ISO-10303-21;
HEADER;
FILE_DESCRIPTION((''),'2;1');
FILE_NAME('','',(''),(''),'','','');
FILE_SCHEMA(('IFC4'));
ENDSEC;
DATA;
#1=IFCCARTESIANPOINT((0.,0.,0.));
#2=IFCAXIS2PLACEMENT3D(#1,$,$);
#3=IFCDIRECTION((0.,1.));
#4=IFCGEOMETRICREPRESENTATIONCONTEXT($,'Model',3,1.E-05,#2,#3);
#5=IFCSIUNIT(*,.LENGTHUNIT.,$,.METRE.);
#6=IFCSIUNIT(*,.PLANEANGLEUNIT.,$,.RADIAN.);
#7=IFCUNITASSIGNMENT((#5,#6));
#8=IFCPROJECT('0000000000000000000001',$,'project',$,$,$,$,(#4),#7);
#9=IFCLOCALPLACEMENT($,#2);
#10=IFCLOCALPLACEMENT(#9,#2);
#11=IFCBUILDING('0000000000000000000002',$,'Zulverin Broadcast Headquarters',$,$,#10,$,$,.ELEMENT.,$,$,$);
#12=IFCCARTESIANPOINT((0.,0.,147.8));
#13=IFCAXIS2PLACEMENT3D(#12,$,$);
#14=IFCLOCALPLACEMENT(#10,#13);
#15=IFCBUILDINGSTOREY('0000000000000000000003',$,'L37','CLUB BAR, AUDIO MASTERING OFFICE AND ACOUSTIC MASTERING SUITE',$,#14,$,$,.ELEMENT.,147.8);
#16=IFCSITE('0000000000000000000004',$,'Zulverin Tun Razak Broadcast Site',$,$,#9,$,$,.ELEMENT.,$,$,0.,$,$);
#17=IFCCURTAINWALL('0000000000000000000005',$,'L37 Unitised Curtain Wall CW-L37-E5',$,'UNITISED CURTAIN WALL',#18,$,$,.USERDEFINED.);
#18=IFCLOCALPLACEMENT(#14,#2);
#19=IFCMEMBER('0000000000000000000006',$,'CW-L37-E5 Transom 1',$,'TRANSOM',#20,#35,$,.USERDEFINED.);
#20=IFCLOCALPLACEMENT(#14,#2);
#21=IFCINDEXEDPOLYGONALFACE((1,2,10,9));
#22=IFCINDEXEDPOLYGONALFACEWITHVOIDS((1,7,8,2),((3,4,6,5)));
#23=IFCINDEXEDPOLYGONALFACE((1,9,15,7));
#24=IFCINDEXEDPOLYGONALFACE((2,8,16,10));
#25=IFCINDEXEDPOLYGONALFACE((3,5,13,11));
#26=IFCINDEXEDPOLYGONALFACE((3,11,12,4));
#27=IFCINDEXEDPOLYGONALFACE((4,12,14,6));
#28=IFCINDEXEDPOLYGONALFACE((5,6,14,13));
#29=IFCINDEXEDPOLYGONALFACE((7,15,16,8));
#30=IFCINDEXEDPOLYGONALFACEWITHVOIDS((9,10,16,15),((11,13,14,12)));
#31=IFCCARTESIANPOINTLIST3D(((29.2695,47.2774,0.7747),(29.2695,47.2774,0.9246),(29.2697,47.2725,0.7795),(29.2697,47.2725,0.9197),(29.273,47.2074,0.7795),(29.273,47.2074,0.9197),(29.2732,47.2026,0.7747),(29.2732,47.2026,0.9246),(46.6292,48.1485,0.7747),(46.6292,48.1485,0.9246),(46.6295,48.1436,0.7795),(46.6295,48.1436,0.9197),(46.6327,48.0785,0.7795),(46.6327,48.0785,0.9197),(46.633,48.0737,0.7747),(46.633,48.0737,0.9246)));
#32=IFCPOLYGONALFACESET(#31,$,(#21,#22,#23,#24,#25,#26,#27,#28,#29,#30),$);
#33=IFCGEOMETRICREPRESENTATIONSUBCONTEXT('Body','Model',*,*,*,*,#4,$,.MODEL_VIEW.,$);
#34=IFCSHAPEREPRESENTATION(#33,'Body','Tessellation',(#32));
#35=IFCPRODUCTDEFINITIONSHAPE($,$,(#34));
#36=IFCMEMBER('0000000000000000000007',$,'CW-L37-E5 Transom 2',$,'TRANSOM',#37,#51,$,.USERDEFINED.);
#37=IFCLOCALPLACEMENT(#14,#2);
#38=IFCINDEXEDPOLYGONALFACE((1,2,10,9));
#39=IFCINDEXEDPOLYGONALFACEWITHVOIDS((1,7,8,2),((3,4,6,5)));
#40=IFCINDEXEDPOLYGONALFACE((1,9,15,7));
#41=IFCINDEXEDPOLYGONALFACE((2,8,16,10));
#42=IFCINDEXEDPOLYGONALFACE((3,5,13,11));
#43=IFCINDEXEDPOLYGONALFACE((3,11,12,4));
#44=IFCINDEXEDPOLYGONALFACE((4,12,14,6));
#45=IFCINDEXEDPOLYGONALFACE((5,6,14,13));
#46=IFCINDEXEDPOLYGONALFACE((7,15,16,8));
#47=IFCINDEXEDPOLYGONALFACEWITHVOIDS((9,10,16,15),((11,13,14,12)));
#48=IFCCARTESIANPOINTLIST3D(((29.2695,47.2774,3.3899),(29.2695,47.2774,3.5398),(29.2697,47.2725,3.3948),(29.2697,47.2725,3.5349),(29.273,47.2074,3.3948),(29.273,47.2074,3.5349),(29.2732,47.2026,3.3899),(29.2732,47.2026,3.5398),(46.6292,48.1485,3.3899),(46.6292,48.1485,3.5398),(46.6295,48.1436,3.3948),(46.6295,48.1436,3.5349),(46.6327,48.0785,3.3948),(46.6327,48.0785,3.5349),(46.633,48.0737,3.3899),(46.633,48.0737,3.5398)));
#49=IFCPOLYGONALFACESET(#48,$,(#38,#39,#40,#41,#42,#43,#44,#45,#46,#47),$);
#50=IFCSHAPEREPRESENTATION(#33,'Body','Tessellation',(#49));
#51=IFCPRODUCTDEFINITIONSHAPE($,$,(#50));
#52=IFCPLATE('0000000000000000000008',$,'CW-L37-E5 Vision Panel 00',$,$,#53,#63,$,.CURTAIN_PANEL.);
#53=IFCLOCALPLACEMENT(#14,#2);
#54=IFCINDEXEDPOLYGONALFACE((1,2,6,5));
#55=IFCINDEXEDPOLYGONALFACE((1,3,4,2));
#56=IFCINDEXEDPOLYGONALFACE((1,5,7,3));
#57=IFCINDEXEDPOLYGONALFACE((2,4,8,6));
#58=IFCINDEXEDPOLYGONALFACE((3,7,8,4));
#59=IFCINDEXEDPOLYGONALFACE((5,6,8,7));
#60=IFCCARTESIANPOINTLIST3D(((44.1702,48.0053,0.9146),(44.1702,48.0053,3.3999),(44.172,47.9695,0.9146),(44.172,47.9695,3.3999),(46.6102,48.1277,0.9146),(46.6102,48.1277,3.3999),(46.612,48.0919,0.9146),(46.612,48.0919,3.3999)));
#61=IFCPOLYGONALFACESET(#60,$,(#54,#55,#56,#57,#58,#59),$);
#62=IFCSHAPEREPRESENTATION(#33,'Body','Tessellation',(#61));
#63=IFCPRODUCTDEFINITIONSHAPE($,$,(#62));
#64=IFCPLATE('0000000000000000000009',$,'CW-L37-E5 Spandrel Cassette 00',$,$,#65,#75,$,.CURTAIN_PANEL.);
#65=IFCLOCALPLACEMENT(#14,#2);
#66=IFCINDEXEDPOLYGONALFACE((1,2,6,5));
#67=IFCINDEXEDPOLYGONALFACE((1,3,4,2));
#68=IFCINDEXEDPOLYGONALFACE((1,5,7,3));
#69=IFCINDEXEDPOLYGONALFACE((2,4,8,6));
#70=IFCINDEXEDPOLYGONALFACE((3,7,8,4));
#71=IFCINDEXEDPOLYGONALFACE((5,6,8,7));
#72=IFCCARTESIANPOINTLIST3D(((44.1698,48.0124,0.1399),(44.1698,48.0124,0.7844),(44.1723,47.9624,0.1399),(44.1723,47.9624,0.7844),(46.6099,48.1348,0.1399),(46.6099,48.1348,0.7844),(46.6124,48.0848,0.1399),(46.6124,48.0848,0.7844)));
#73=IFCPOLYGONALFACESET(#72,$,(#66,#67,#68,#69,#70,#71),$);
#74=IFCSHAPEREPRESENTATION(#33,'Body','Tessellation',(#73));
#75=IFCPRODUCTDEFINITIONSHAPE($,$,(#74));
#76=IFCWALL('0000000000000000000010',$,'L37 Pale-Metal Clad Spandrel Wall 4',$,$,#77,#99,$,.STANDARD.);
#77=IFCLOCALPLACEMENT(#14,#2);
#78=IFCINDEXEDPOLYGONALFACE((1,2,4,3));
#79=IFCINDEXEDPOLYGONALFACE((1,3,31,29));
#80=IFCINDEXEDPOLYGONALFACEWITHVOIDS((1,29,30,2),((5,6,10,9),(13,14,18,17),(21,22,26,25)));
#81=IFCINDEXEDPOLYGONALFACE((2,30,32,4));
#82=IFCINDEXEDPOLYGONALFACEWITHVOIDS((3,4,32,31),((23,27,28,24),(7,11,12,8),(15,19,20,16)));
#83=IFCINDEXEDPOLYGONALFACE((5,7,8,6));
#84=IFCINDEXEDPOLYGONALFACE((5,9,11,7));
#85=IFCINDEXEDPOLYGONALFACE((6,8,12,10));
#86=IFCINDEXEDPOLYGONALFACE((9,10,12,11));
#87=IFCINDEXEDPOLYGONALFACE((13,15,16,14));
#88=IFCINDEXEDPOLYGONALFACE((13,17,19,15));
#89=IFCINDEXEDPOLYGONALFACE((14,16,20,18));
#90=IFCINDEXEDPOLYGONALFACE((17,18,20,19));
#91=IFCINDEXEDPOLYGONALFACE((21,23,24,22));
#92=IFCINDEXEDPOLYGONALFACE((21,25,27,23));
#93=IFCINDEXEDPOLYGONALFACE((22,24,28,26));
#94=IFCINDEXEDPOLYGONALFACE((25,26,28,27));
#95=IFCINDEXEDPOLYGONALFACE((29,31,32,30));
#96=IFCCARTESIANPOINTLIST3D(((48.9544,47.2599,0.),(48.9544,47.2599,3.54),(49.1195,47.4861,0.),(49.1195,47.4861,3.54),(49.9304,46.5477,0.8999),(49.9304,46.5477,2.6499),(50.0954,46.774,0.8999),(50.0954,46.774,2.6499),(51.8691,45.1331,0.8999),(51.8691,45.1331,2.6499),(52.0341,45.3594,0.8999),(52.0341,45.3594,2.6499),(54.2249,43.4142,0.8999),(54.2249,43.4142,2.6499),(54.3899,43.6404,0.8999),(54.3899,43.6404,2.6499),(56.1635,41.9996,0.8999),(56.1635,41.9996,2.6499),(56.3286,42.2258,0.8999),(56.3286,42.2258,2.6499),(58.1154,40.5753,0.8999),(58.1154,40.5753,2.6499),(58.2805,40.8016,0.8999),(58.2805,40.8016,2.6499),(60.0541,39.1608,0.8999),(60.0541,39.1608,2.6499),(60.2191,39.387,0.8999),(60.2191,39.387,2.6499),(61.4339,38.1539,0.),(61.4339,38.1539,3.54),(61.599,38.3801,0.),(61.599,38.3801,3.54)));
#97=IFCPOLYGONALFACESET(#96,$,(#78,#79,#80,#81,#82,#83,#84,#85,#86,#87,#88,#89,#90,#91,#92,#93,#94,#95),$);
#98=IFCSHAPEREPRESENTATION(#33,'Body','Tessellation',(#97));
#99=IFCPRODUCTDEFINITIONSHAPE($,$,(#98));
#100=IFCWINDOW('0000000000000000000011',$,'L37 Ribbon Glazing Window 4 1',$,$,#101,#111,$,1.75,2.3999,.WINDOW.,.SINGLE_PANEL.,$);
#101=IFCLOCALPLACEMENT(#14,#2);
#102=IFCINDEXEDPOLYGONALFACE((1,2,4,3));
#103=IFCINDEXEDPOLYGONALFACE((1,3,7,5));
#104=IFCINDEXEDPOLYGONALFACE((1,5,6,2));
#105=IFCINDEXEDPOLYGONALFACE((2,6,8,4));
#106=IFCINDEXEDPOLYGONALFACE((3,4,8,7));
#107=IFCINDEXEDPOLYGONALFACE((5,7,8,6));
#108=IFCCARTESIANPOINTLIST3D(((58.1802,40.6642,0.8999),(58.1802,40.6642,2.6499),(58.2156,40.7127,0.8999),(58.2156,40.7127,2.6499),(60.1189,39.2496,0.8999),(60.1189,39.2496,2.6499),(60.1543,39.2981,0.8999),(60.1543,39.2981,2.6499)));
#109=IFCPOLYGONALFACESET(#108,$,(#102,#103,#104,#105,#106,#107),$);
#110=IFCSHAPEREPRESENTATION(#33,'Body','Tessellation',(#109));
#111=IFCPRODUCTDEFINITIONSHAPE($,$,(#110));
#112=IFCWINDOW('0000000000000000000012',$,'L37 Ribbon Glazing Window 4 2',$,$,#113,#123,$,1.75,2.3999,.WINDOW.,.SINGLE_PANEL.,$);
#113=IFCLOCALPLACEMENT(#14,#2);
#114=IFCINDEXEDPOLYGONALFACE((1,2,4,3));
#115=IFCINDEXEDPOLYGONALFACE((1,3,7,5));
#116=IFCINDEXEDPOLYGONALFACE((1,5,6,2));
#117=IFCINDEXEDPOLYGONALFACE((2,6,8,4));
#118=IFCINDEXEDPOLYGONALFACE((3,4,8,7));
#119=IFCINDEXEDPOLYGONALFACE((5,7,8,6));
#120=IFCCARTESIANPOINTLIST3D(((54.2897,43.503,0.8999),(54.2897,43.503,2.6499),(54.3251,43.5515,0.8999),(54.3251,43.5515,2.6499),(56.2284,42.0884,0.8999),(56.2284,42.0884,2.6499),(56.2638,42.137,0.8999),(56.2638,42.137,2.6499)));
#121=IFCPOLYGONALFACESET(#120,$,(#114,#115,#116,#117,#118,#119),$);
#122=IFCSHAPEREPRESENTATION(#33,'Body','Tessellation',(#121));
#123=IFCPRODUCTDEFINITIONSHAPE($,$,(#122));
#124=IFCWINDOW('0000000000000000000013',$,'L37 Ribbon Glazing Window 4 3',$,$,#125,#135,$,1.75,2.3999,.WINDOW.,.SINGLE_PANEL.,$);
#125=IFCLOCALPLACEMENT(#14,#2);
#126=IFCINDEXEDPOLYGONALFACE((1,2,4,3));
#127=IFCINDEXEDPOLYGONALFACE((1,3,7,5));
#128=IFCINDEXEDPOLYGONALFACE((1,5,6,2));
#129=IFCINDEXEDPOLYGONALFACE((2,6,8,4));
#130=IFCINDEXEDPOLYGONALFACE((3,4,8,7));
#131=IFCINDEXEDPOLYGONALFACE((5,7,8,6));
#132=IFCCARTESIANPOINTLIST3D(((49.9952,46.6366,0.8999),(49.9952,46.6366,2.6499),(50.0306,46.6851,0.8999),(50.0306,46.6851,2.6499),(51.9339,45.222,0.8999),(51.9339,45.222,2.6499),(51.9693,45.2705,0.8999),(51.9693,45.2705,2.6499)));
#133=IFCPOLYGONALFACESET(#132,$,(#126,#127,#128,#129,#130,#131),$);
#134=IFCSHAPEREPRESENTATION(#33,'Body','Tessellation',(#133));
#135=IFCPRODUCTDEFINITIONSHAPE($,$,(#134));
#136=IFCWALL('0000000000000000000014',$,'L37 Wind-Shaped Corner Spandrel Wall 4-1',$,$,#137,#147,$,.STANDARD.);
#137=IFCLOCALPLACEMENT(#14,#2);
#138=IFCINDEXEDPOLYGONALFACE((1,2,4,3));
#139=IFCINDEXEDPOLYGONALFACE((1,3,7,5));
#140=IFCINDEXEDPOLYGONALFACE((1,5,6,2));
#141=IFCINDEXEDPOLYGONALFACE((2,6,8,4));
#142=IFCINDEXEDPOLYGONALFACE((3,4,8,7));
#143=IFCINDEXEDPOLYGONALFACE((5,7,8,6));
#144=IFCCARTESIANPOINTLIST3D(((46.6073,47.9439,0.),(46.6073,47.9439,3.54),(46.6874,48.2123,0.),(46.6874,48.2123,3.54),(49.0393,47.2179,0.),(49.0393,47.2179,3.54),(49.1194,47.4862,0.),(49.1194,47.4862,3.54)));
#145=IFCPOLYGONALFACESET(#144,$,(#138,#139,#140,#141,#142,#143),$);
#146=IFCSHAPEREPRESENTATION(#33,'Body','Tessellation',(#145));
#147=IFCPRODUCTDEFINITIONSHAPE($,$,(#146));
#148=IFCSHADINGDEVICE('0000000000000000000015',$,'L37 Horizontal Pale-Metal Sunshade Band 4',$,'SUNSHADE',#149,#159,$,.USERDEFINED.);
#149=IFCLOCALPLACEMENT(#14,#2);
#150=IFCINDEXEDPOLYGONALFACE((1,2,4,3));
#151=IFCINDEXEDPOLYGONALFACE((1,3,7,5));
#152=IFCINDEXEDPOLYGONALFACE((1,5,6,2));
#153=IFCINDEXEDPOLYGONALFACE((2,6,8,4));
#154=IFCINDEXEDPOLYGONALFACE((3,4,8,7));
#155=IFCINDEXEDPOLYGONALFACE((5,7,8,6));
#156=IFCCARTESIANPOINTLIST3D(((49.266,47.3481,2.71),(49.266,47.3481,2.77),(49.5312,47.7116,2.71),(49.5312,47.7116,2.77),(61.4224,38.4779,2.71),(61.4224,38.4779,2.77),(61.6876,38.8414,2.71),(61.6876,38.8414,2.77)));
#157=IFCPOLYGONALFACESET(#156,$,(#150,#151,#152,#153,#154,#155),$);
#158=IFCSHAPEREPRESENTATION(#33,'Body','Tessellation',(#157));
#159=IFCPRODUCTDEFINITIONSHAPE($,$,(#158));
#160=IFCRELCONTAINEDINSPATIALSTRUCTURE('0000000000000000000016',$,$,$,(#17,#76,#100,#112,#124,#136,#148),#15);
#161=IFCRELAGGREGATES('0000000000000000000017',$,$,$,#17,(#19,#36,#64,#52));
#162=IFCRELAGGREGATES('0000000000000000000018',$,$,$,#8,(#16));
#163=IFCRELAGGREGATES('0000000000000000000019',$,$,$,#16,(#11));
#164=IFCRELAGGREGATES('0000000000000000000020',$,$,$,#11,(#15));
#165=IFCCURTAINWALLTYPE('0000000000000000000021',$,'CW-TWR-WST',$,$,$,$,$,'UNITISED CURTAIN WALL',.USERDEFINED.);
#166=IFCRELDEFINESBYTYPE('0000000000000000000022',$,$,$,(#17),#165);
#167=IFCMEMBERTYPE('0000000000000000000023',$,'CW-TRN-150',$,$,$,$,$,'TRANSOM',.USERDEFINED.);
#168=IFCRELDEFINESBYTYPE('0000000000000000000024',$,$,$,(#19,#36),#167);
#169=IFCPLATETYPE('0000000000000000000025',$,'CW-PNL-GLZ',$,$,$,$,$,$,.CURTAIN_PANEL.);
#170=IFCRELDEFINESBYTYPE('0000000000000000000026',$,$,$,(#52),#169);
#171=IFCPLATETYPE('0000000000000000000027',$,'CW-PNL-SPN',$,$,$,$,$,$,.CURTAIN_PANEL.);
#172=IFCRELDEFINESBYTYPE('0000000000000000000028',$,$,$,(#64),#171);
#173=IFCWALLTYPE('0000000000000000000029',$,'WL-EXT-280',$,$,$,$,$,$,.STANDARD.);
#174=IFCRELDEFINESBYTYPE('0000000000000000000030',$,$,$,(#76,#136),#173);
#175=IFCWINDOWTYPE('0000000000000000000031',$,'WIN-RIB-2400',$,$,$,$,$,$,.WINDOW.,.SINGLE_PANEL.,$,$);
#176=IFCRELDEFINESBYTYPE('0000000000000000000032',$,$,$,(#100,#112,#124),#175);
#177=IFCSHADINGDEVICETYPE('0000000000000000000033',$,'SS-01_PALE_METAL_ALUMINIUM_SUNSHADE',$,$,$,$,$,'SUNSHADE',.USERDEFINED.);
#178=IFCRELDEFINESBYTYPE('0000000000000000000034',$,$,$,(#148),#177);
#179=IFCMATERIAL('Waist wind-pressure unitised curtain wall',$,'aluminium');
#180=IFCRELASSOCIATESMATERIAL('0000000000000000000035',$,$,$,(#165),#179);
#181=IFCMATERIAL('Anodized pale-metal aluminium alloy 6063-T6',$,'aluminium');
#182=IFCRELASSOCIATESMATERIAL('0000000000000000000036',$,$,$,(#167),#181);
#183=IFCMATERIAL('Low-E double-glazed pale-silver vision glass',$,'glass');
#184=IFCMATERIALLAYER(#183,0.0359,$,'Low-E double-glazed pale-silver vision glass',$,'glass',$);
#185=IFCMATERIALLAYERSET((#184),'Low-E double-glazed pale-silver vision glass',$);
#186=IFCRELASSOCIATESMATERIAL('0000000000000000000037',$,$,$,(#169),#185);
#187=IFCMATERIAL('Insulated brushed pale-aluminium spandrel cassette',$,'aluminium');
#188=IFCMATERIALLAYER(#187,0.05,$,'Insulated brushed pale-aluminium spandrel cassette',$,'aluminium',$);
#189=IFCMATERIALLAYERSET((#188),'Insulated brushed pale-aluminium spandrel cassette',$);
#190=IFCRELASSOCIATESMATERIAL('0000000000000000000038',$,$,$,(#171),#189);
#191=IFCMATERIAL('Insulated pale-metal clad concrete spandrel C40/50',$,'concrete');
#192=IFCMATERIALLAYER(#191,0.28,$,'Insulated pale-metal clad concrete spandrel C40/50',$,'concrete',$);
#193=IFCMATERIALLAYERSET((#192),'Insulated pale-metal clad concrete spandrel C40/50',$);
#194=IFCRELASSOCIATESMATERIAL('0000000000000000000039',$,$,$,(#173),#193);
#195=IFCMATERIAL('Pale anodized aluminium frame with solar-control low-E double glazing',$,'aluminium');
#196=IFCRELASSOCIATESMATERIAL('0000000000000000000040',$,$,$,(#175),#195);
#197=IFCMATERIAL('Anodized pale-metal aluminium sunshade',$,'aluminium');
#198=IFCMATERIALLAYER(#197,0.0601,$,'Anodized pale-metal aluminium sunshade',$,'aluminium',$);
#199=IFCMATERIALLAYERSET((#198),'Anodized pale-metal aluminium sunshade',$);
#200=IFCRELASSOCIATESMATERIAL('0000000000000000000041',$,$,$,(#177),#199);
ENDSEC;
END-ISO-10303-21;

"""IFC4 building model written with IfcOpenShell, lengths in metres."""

from ifc_helpers import new_model, si_unit, direction, frame, frame_2d, origin, origin_2d, place, context, subcontext, project, spatial, rectangle, hollow_rectangle, extrude, material, layer, layer_set, material_profile, profile_set, type_object, element, fill, aggregate, save


model = new_model("IFC4")

# Units and contexts
model_context = context("Model", 3, precision=1e-05, world=origin(), true_north=direction((0.0, 1.0)))
body_context = subcontext(model_context, "Body", "Model", "MODEL_VIEW")
ifc_project = project(units=[si_unit("LENGTHUNIT", "METRE"), si_unit("PLANEANGLEUNIT", "RADIAN")], contexts=[model_context])

# Site, building, storey
site_placement = place(None, origin())
site = spatial("IfcSite", under=ifc_project, at=site_placement, Name="Zulverin Tun Razak Broadcast Site", CompositionType="ELEMENT", RefElevation=0.0)
building_placement = place(site_placement, origin())
building = spatial("IfcBuilding", under=site, at=building_placement, Name="Zulverin Broadcast Headquarters", CompositionType="ELEMENT")
storey_placement = place(building_placement, frame((0.0, 0.0, 147.8)))
storey = spatial("IfcBuildingStorey", under=building, at=storey_placement, Name="L37", Description="CLUB BAR, AUDIO MASTERING OFFICE AND ACOUSTIC MASTERING SUITE", CompositionType="ELEMENT", Elevation=147.8)

# Curtain wall, members, plates
ifc_material_1 = material(Name="Waist wind-pressure unitised curtain wall", Category="aluminium")
curtain_wall_type = type_object("IfcCurtainWallType", Name="CW-TWR-WST", ElementType="UNITISED CURTAIN WALL", PredefinedType="USERDEFINED", material=ifc_material_1)
curtain_wall_placement = place(storey_placement, origin())
curtain_wall = element("IfcCurtainWall", 1, at=curtain_wall_placement, inside=storey, type_object=curtain_wall_type, Name="L37 Unitised Curtain Wall CW-L37-E5", ObjectType="UNITISED CURTAIN WALL", PredefinedType="USERDEFINED")
ifc_material_2 = material(Name="Anodized pale-metal aluminium alloy 6063-T6", Category="aluminium")
ifc_material_profile_1 = material_profile(ifc_material_2, hollow_rectangle(XDim=0.075, YDim=0.1499, WallThickness=0.0049, at=origin_2d()), Name="Anodized pale-metal aluminium alloy 6063-T6", Category="aluminium")
ifc_profile_set_1 = profile_set([ifc_material_profile_1], Name="Anodized pale-metal aluminium alloy 6063-T6")
member_type_1 = type_object("IfcMemberType", Name="CW-TRN-150", ElementType="TRANSOM", PredefinedType="USERDEFINED", material=ifc_profile_set_1)
member_1_placement = place(storey_placement, frame((46.6311, 48.1111, 0.8496), z_axis=(-0.998743, -0.050116, 0.0), x_axis=(0.050116, -0.998743, 0.0)))
member_1 = element("IfcMember", 2, at=member_1_placement, type_object=member_type_1, Name="CW-L37-E5 Transom 1", ObjectType="TRANSOM", PredefinedType="USERDEFINED", context=body_context, shape_type="SweptSolid", body=[
    extrude(hollow_rectangle(XDim=0.075, YDim=0.1499, WallThickness=0.0049, at=origin_2d()), origin(), (0.0, 0.0, 1.0), 17.3816),
])
member_2_placement = place(storey_placement, frame((46.6311, 48.1111, 3.4648), z_axis=(-0.998743, -0.050116, 0.0), x_axis=(0.050116, -0.998743, 0.0)))
member_2 = element("IfcMember", 3, at=member_2_placement, type_object=member_type_1, Name="CW-L37-E5 Transom 2", ObjectType="TRANSOM", PredefinedType="USERDEFINED", context=body_context, shape_type="SweptSolid", body=[
    extrude(hollow_rectangle(XDim=0.075, YDim=0.1499, WallThickness=0.0049, at=origin_2d()), origin(), (0.0, 0.0, 1.0), 17.3816),
])
ifc_material_3 = material(Name="Low-E double-glazed pale-silver vision glass", Category="glass")
ifc_layer_1 = layer(ifc_material_3, 0.0359, Name="Low-E double-glazed pale-silver vision glass", Category="glass")
ifc_layer_set_1 = layer_set([ifc_layer_1], Name="Low-E double-glazed pale-silver vision glass")
plate_type_1 = type_object("IfcPlateType", Name="CW-PNL-GLZ", PredefinedType="CURTAIN_PANEL", material=ifc_layer_set_1)
plate_1_placement = place(storey_placement, frame((45.3911, 48.0486, 0.9146), z_axis=(0.0, 0.0, 1.0), x_axis=(-0.998744, -0.050105, 0.0)))
plate_1 = element("IfcPlate", 4, at=plate_1_placement, type_object=plate_type_1, Name="CW-L37-E5 Vision Panel 00", PredefinedType="CURTAIN_PANEL", context=body_context, shape_type="SweptSolid", body=[
    extrude(rectangle(XDim=2.4431, YDim=0.0359, at=origin_2d()), origin(), (0.0, 0.0, 1.0), 2.4854),
])
ifc_material_4 = material(Name="Insulated brushed pale-aluminium spandrel cassette", Category="aluminium")
ifc_layer_2 = layer(ifc_material_4, 0.05, Name="Insulated brushed pale-aluminium spandrel cassette", Category="aluminium")
ifc_layer_set_2 = layer_set([ifc_layer_2], Name="Insulated brushed pale-aluminium spandrel cassette")
plate_type_2 = type_object("IfcPlateType", Name="CW-PNL-SPN", PredefinedType="CURTAIN_PANEL", material=ifc_layer_set_2)
plate_2_placement = place(storey_placement, frame((45.3911, 48.0486, 0.1399), z_axis=(0.0, 0.0, 1.0), x_axis=(-0.998744, -0.050105, 0.0)))
plate_2 = element("IfcPlate", 5, at=plate_2_placement, type_object=plate_type_2, Name="CW-L37-E5 Spandrel Cassette 00", PredefinedType="CURTAIN_PANEL", context=body_context, shape_type="SweptSolid", body=[
    extrude(rectangle(XDim=2.4431, YDim=0.05, at=origin_2d()), origin(), (0.0, 0.0, 1.0), 0.6445),
])
aggregate(curtain_wall, [member_1, member_2, plate_2, plate_1])

# Wall, openings, windows
ifc_material_5 = material(Name="Insulated pale-metal clad concrete spandrel C40/50", Category="concrete")
ifc_layer_3 = layer(ifc_material_5, 0.28, Name="Insulated pale-metal clad concrete spandrel C40/50", Category="concrete")
ifc_layer_set_3 = layer_set([ifc_layer_3], Name="Insulated pale-metal clad concrete spandrel C40/50")
wall_type = type_object("IfcWallType", Name="WL-EXT-280", PredefinedType="STANDARD", material=ifc_layer_set_3)
wall_1_placement = place(storey_placement, frame((61.5164, 38.2671, 0.0), z_axis=(0.0, 0.0, 1.0), x_axis=(-0.807813, 0.58944, 0.0)))
wall_1 = element("IfcWall", 6, at=wall_1_placement, inside=storey, type_object=wall_type, Name="L37 Pale-Metal Clad Spandrel Wall 4", PredefinedType="STANDARD", context=body_context, shape_type="SweptSolid", body=[
    extrude(rectangle(XDim=15.4485, YDim=0.28, at=frame_2d((7.7241, 0.0))), origin(), (0.0, 0.0, 1.0), 3.54),
])
opening_1_placement = place(wall_1_placement, frame((1.708, 0.0, 0.8999)))
opening_1 = element("IfcOpeningElement", 7, at=opening_1_placement, cuts=wall_1, PredefinedType="OPENING", context=body_context, shape_type="SweptSolid", body=[
    extrude(rectangle(XDim=2.3999, YDim=1.75, at=frame_2d((1.2, 0.875))), frame((0.0, 0.1499, 0.0), z_axis=(0.0, -1.0, 0.0), x_axis=(1.0, 0.0, 0.0)), (0.0, 0.0, 1.0), 0.3),
])
opening_2_placement = place(wall_1_placement, frame((6.5242, 0.0, 0.8999)))
opening_2 = element("IfcOpeningElement", 8, at=opening_2_placement, cuts=wall_1, PredefinedType="OPENING", context=body_context, shape_type="SweptSolid", body=[
    extrude(rectangle(XDim=2.3999, YDim=1.75, at=frame_2d((1.2, 0.875))), frame((0.0, 0.1499, 0.0), z_axis=(0.0, -1.0, 0.0), x_axis=(1.0, 0.0, 0.0)), (0.0, 0.0, 1.0), 0.3),
])
opening_3_placement = place(wall_1_placement, frame((11.8403, 0.0, 0.8999)))
opening_3 = element("IfcOpeningElement", 9, at=opening_3_placement, cuts=wall_1, PredefinedType="OPENING", context=body_context, shape_type="SweptSolid", body=[
    extrude(rectangle(XDim=2.3999, YDim=1.75, at=frame_2d((1.2, 0.875))), frame((0.0, 0.1499, 0.0), z_axis=(0.0, -1.0, 0.0), x_axis=(1.0, 0.0, 0.0)), (0.0, 0.0, 1.0), 0.3),
])
ifc_material_6 = material(Name="Pale anodized aluminium frame with solar-control low-E double glazing", Category="aluminium")
window_type = type_object("IfcWindowType", Name="WIN-RIB-2400", PartitioningType="SINGLE_PANEL", PredefinedType="WINDOW", material=ifc_material_6)
window_1_placement = place(opening_1_placement, origin())
window_1 = element("IfcWindow", 10, at=window_1_placement, inside=storey, type_object=window_type, Name="L37 Ribbon Glazing Window 4 1", OverallHeight=1.75, OverallWidth=2.3999, PartitioningType="SINGLE_PANEL", PredefinedType="WINDOW", context=body_context, shape_type="SweptSolid", body=[
    extrude(rectangle(XDim=2.3999, YDim=1.75, at=frame_2d((1.2, 0.875))), frame((0.0, 0.03, 0.0), z_axis=(0.0, -1.0, 0.0), x_axis=(1.0, 0.0, 0.0)), (0.0, 0.0, 1.0), 0.0601),
])
fill(opening_1, window_1)
window_2_placement = place(opening_2_placement, origin())
window_2 = element("IfcWindow", 11, at=window_2_placement, inside=storey, type_object=window_type, Name="L37 Ribbon Glazing Window 4 2", OverallHeight=1.75, OverallWidth=2.3999, PartitioningType="SINGLE_PANEL", PredefinedType="WINDOW", context=body_context, shape_type="SweptSolid", body=[
    extrude(rectangle(XDim=2.3999, YDim=1.75, at=frame_2d((1.2, 0.875))), frame((0.0, 0.03, 0.0), z_axis=(0.0, -1.0, 0.0), x_axis=(1.0, 0.0, 0.0)), (0.0, 0.0, 1.0), 0.0601),
])
fill(opening_2, window_2)
window_3_placement = place(opening_3_placement, origin())
window_3 = element("IfcWindow", 12, at=window_3_placement, inside=storey, type_object=window_type, Name="L37 Ribbon Glazing Window 4 3", OverallHeight=1.75, OverallWidth=2.3999, PartitioningType="SINGLE_PANEL", PredefinedType="WINDOW", context=body_context, shape_type="SweptSolid", body=[
    extrude(rectangle(XDim=2.3999, YDim=1.75, at=frame_2d((1.2, 0.875))), frame((0.0, 0.03, 0.0), z_axis=(0.0, -1.0, 0.0), x_axis=(1.0, 0.0, 0.0)), (0.0, 0.0, 1.0), 0.0601),
])
fill(opening_3, window_3)

# Wall
wall_2_placement = place(storey_placement, frame((49.0793, 47.3521, 0.0), z_axis=(0.0, 0.0, 1.0), x_axis=(-0.958212, 0.286059, 0.0)))
element("IfcWall", 13, at=wall_2_placement, inside=storey, type_object=wall_type, Name="L37 Wind-Shaped Corner Spandrel Wall 4-1", PredefinedType="STANDARD", context=body_context, shape_type="SweptSolid", body=[
    extrude(rectangle(XDim=2.5381, YDim=0.28, at=frame_2d((1.269, 0.0))), origin(), (0.0, 0.0, 1.0), 3.54),
])

# Shading device
ifc_material_7 = material(Name="Anodized pale-metal aluminium sunshade", Category="aluminium")
ifc_layer_4 = layer(ifc_material_7, 0.0601, Name="Anodized pale-metal aluminium sunshade", Category="aluminium")
ifc_layer_set_4 = layer_set([ifc_layer_4], Name="Anodized pale-metal aluminium sunshade")
shading_device_type = type_object("IfcShadingDeviceType", Name="SS-01_PALE_METAL_ALUMINIUM_SUNSHADE", ElementType="SUNSHADE", PredefinedType="USERDEFINED", material=ifc_layer_set_4)
shading_device_placement = place(storey_placement, frame((55.4768, 43.0947, 2.71), z_axis=(0.0, 0.0, 1.0), x_axis=(-0.807814, 0.589437, 0.0)))
element("IfcShadingDevice", 14, at=shading_device_placement, inside=storey, type_object=shading_device_type, Name="L37 Horizontal Pale-Metal Sunshade Band 4", ObjectType="SUNSHADE", PredefinedType="USERDEFINED", context=body_context, shape_type="SweptSolid", body=[
    extrude(rectangle(XDim=15.0486, YDim=0.45, at=origin_2d()), origin(), (0.0, 0.0, 1.0), 0.0601),
])

save(model, "model.ifc")
